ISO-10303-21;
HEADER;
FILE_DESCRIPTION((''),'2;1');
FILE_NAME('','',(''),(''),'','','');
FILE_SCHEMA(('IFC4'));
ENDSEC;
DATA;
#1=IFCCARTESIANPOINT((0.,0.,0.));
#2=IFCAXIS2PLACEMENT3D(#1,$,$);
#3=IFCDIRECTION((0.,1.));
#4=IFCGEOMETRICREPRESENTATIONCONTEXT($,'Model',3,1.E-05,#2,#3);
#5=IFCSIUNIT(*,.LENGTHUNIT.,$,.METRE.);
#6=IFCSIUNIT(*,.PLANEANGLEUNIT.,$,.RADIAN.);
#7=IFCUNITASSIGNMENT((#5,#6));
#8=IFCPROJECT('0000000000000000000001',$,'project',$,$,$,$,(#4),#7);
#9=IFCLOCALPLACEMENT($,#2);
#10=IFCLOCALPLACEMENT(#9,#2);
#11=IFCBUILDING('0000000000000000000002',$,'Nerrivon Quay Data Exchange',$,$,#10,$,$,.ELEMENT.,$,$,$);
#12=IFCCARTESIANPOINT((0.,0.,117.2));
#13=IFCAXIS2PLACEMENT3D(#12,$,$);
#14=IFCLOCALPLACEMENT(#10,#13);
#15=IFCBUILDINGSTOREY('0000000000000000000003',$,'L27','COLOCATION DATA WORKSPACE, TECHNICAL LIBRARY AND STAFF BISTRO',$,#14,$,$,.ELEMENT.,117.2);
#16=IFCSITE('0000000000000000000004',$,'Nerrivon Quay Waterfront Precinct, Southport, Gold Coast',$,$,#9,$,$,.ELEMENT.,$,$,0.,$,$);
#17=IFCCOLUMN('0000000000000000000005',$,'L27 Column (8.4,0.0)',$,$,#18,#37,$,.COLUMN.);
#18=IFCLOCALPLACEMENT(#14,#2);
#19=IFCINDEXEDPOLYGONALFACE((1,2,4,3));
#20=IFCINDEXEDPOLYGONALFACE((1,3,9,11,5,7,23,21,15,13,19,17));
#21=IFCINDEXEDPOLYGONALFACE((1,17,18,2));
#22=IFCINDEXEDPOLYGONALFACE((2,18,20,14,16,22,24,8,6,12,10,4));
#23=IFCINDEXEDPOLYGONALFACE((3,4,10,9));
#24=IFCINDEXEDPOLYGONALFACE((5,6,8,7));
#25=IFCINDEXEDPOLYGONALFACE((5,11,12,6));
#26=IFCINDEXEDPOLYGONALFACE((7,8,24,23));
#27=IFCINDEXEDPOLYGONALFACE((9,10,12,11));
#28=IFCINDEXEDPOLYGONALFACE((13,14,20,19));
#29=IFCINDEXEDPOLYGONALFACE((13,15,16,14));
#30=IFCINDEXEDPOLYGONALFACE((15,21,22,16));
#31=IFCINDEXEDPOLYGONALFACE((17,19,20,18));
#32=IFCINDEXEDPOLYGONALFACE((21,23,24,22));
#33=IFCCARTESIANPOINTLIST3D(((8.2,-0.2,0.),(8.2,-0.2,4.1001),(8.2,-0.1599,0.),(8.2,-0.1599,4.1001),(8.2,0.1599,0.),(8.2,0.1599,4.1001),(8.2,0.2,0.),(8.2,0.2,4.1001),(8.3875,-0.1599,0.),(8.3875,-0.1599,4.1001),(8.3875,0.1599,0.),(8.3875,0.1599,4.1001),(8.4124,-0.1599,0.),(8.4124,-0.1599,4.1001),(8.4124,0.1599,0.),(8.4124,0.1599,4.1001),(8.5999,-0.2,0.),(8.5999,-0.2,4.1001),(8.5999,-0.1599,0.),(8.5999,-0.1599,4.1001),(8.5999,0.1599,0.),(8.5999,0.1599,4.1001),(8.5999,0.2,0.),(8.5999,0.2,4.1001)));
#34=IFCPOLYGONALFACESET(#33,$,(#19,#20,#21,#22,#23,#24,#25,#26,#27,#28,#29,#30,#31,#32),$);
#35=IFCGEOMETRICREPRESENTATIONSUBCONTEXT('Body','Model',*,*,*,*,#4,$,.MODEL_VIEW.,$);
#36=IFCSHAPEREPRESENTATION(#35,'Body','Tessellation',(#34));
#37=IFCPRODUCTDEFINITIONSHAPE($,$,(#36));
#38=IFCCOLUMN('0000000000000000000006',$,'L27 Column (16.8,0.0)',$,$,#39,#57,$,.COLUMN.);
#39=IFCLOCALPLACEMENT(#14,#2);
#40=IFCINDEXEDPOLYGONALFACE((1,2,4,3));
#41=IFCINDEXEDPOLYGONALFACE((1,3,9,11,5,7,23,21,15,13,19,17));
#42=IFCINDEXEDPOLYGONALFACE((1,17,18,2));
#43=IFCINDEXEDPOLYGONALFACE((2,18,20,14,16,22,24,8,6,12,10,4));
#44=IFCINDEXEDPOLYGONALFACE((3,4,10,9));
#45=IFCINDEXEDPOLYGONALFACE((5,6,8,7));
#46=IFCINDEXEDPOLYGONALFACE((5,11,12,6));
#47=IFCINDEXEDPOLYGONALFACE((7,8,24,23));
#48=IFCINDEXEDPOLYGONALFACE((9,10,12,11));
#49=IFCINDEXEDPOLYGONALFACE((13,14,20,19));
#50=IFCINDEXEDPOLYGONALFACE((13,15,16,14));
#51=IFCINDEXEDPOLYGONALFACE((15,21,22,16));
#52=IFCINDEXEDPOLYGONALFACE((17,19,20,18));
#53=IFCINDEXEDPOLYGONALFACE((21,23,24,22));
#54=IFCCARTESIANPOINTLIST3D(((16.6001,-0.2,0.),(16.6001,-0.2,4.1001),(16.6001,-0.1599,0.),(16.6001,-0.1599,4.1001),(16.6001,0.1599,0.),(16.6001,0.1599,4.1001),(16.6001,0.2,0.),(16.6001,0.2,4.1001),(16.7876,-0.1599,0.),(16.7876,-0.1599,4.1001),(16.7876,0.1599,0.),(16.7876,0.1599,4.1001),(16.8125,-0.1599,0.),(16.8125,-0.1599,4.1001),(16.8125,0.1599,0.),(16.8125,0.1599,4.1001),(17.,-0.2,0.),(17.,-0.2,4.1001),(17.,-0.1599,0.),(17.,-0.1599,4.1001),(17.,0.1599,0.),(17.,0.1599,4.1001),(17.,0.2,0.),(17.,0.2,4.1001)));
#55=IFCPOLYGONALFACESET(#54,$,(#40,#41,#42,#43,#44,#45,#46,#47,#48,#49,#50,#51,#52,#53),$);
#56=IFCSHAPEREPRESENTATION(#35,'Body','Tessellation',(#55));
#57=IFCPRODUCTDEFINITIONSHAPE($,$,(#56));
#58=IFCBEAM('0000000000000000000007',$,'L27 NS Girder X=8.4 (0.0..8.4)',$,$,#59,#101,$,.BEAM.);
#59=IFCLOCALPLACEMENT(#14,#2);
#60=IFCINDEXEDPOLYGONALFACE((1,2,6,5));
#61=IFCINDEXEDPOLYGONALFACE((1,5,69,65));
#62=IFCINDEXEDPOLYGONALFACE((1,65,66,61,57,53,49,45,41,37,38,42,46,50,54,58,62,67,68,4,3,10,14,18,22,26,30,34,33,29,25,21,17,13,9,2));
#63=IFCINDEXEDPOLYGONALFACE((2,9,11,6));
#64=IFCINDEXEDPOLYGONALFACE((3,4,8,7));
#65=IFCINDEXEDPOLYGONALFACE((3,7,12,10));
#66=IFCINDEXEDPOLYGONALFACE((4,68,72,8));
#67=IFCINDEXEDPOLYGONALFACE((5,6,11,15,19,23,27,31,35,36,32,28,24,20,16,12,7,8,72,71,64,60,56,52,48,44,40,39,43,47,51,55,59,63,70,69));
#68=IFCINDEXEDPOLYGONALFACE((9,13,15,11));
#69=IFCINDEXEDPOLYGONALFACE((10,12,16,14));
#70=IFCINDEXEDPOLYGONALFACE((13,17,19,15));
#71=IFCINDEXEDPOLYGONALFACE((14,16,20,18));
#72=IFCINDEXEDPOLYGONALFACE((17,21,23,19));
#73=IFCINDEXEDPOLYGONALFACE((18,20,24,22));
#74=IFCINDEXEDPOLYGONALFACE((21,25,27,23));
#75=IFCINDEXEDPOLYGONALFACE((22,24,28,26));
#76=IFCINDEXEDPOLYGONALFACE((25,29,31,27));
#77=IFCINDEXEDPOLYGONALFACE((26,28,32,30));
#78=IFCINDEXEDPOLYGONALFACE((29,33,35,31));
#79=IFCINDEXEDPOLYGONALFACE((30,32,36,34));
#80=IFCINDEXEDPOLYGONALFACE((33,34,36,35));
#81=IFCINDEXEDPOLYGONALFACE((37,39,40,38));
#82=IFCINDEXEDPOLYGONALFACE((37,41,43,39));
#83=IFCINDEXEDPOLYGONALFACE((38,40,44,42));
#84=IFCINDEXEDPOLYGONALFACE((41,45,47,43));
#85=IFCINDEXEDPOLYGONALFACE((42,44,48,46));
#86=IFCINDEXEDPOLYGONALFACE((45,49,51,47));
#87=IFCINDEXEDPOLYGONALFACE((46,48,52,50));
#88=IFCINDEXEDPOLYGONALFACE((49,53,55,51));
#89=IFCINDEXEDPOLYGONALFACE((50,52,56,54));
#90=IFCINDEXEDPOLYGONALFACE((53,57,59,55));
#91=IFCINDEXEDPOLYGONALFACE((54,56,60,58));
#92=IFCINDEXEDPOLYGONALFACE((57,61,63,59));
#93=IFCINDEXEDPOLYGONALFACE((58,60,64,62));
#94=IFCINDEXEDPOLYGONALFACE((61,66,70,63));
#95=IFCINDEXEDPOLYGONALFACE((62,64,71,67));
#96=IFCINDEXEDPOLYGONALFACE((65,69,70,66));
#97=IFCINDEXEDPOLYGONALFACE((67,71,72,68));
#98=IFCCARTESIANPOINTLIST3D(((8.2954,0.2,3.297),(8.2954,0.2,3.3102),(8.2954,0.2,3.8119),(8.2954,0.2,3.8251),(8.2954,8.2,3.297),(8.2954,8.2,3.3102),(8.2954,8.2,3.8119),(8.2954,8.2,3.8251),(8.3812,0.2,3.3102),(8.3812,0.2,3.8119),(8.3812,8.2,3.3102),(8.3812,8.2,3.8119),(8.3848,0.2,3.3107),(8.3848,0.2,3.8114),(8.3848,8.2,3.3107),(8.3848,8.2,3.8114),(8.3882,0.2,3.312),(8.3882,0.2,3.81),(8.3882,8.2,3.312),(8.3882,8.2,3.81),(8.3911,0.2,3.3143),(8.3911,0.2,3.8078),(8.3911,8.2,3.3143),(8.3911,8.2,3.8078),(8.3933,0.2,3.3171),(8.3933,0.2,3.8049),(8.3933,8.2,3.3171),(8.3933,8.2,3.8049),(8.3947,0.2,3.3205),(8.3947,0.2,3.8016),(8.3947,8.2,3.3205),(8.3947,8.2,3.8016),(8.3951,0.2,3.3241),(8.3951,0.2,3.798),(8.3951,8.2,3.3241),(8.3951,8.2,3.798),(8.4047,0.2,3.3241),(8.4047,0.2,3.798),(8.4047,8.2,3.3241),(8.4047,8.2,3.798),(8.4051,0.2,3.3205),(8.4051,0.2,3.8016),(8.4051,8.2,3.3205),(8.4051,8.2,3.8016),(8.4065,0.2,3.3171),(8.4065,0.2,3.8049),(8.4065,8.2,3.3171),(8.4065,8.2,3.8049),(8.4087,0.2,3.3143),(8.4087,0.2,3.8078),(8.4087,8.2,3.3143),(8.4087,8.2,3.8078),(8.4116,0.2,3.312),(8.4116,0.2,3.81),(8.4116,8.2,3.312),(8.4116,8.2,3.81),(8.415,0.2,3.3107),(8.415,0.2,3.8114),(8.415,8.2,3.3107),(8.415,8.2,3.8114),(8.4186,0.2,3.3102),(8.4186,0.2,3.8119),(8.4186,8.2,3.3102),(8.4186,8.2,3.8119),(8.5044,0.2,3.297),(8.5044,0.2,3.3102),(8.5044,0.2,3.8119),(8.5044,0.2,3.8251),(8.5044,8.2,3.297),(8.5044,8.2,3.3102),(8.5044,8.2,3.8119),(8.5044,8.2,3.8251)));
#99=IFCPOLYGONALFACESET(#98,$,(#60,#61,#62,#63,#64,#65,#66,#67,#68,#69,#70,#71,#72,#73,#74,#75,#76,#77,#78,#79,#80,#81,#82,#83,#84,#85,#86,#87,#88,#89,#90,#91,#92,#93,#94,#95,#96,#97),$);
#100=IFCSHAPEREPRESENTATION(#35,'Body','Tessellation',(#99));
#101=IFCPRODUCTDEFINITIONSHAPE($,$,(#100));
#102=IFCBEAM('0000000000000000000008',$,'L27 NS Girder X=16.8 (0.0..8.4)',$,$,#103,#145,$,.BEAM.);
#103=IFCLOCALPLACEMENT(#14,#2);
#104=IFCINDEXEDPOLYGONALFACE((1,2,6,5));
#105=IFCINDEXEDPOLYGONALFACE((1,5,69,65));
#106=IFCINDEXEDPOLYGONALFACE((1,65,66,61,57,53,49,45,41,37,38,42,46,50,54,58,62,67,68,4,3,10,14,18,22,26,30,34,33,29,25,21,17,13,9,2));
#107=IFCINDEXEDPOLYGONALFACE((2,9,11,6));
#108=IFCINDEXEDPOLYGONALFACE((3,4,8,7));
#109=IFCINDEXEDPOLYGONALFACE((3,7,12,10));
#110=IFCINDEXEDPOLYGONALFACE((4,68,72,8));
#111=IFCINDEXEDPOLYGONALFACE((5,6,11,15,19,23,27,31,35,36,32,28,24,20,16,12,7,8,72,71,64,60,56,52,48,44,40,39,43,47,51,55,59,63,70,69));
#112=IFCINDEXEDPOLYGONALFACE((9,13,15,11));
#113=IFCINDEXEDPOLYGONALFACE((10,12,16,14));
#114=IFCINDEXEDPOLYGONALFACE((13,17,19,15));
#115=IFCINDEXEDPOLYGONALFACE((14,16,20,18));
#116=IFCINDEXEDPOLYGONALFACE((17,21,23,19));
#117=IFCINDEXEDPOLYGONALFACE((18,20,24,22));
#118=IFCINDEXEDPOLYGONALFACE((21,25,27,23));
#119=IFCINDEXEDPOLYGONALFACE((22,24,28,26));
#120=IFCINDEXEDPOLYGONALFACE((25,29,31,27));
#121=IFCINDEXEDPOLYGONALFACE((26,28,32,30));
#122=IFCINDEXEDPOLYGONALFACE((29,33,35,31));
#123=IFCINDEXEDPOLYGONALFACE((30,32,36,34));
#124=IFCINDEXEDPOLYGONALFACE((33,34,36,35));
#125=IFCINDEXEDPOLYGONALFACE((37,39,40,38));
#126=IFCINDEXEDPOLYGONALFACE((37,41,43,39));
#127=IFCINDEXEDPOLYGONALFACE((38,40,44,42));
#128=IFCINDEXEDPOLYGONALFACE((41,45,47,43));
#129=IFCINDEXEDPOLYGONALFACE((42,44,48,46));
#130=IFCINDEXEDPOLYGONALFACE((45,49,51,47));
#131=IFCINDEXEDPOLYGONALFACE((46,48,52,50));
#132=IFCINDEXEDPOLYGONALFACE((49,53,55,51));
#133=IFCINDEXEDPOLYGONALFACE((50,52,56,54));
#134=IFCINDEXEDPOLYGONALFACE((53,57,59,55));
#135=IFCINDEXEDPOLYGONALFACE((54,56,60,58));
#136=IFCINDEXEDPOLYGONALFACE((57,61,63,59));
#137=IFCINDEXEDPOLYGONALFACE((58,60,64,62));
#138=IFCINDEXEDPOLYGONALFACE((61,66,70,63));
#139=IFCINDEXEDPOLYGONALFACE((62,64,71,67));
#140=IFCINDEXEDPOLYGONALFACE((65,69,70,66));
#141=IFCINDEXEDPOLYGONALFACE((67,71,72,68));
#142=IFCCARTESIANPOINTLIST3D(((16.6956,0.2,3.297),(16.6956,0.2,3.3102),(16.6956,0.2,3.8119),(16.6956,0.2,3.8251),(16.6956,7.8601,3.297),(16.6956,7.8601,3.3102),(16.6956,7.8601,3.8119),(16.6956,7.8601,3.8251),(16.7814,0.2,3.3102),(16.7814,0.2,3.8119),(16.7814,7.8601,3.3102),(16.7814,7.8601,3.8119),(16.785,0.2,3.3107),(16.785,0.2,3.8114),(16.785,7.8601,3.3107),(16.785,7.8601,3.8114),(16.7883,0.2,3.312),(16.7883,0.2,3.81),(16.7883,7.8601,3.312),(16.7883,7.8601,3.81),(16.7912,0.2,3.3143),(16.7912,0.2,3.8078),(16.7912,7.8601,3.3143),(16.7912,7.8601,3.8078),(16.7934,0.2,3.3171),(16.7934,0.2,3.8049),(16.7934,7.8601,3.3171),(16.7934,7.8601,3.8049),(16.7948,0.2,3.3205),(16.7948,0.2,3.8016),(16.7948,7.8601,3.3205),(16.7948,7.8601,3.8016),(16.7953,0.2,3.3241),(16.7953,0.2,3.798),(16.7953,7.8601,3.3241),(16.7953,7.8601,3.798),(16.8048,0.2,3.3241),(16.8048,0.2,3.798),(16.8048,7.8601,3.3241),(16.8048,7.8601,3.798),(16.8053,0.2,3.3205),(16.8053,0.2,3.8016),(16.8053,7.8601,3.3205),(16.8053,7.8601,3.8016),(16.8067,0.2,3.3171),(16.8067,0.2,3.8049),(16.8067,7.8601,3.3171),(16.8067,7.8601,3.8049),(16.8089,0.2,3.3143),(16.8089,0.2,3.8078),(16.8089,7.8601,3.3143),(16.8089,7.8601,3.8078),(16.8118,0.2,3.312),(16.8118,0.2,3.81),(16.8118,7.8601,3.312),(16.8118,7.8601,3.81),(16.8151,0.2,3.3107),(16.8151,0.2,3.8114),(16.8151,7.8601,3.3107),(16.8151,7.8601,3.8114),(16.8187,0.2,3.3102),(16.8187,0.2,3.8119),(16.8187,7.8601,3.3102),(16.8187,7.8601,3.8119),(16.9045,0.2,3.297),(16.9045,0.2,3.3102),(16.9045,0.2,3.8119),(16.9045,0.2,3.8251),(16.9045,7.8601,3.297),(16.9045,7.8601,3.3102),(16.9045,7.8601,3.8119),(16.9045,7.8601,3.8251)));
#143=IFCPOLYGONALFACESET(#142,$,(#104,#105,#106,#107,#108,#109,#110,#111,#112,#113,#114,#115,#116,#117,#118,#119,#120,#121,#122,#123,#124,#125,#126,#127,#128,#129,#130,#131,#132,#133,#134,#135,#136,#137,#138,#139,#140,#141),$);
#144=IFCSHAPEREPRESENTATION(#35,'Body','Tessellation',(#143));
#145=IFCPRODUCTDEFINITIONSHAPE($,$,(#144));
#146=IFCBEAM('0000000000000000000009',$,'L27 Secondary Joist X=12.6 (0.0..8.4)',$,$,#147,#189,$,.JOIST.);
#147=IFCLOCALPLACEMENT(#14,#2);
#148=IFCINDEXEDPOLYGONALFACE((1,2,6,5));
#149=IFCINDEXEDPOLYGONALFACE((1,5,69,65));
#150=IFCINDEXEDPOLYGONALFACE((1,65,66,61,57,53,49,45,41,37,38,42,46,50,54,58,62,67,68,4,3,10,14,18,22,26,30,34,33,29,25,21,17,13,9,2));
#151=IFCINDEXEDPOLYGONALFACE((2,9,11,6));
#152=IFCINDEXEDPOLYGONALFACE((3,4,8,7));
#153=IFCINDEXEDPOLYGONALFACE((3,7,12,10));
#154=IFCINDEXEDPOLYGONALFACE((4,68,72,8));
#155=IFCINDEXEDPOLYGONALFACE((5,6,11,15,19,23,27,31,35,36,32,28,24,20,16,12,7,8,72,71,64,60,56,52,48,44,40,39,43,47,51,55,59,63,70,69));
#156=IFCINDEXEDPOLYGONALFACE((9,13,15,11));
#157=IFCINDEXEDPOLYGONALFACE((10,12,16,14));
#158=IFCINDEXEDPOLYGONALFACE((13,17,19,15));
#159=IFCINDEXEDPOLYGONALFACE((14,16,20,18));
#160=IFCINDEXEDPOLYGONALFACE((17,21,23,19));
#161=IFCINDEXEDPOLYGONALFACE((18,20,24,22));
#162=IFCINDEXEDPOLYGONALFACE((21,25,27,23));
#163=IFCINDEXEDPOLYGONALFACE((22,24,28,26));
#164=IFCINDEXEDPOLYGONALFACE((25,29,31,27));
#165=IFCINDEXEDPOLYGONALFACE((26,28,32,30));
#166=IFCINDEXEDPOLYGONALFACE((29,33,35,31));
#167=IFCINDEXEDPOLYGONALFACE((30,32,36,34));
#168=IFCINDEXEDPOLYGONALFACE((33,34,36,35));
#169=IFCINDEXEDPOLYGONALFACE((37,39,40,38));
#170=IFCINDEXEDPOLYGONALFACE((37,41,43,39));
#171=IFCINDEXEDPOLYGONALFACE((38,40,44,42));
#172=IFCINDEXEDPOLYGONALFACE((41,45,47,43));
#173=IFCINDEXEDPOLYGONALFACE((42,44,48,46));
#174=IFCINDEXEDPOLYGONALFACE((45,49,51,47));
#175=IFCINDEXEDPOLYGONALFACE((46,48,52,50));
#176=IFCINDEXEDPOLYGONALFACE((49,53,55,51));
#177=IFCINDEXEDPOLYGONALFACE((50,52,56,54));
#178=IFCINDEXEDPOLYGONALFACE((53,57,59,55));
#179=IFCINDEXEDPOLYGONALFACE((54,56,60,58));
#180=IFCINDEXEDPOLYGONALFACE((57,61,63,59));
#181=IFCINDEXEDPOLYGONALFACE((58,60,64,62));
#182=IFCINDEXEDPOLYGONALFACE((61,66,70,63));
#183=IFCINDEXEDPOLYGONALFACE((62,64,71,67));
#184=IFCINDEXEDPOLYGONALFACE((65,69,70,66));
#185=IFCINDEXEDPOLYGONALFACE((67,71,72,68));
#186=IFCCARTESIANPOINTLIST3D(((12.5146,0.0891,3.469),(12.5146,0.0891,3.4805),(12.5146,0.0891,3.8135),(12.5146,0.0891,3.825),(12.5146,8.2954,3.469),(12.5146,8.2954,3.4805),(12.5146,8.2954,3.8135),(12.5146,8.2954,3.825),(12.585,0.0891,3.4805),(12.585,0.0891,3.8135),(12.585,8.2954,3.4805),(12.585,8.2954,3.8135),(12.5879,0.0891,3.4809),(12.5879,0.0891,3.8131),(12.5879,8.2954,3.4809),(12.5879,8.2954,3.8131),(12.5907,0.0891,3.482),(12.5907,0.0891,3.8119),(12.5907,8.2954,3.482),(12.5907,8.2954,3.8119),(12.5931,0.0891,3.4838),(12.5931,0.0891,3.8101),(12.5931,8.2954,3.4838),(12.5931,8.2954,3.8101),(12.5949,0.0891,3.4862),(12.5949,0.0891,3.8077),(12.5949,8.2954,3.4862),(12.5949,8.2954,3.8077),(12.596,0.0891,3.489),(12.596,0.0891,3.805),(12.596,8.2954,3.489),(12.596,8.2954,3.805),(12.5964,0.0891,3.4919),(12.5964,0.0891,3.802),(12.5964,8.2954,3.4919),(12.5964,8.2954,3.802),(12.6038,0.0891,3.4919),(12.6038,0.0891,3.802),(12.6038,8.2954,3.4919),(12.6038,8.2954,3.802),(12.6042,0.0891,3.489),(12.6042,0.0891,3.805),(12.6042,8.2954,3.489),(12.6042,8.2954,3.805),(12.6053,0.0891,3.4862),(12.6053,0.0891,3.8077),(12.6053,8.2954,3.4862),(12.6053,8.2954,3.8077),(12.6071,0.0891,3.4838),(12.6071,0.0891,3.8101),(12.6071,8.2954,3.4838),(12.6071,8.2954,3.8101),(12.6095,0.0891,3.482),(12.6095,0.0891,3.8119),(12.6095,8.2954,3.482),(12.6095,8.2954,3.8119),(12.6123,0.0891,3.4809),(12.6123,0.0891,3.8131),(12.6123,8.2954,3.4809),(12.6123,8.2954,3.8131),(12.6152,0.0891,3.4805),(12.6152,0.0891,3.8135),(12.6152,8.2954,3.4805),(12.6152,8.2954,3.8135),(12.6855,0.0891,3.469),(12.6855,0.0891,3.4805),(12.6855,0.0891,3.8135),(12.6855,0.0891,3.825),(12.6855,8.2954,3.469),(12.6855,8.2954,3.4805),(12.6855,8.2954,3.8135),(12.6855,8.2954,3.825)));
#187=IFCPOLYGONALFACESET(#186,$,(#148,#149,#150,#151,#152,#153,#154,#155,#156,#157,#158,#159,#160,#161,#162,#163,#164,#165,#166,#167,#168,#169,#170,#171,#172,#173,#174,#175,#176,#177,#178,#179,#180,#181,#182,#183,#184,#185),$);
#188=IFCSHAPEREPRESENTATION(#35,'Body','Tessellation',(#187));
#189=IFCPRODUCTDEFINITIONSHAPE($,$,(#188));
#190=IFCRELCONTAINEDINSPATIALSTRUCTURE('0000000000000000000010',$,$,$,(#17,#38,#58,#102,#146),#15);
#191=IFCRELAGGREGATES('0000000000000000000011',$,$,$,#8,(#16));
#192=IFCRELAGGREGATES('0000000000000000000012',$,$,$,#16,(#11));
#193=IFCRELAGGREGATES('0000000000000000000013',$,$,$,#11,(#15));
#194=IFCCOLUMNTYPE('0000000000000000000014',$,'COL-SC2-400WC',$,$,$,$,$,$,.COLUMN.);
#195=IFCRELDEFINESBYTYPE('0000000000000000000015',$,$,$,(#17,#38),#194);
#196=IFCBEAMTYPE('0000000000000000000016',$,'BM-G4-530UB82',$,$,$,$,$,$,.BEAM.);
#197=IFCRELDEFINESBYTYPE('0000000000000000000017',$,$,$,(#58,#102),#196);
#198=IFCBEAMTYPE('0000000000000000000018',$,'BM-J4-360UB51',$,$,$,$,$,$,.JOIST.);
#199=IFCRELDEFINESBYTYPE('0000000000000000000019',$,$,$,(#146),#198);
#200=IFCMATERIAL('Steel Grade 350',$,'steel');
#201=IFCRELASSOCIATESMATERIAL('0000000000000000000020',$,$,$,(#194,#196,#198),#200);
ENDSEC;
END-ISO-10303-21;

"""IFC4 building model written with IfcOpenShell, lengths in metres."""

from ifc_helpers import new_model, si_unit, direction, frame, origin, origin_2d, place, context, subcontext, project, spatial, i_section, extrude, material, material_profile, profile_set, type_object, element, save


model = new_model("IFC4")

# Units and contexts
model_context = context("Model", 3, precision=1e-05, world=origin(), true_north=direction((0.0, 1.0)))
body_context = subcontext(model_context, "Body", "Model", "MODEL_VIEW")
ifc_project = project(units=[si_unit("LENGTHUNIT", "METRE"), si_unit("PLANEANGLEUNIT", "RADIAN")], contexts=[model_context])

# Site, building, storey
site_placement = place(None, origin())
site = spatial("IfcSite", under=ifc_project, at=site_placement, Name="Nerrivon Quay Waterfront Precinct, Southport, Gold Coast", CompositionType="ELEMENT", RefElevation=0.0)
building_placement = place(site_placement, origin())
building = spatial("IfcBuilding", under=site, at=building_placement, Name="Nerrivon Quay Data Exchange", CompositionType="ELEMENT")
storey_placement = place(building_placement, frame((0.0, 0.0, 117.2)))
storey = spatial("IfcBuildingStorey", under=building, at=storey_placement, Name="L27", Description="COLOCATION DATA WORKSPACE, TECHNICAL LIBRARY AND STAFF BISTRO", CompositionType="ELEMENT", Elevation=117.2)

# Columns
ifc_material_1 = material(Name="Steel Grade 350", Category="steel")
ifc_material_profile_1 = material_profile(ifc_material_1, i_section(OverallWidth=0.3999, OverallDepth=0.3999, WebThickness=0.0249, FlangeThickness=0.04, at=origin_2d()), Name="400WC328")
ifc_profile_set_1 = profile_set([ifc_material_profile_1], Name="Steel Grade 350")
column_type = type_object("IfcColumnType", Name="COL-SC2-400WC", PredefinedType="COLUMN", material=ifc_profile_set_1)
for number, where, z_axis, x_axis, name in (
    (1, (8.3999, 0.0, 0.0), (0.0, 0.0, 1.0), (1.0, 0.0, 0.0), "L27 Column (8.4,0.0)"),
    (2, (16.8, 0.0, 0.0), (0.0, 0.0, 1.0), (1.0, 0.0, 0.0), "L27 Column (16.8,0.0)"),
):
    element("IfcColumn", number, at=place(storey_placement, frame(where, z_axis=z_axis, x_axis=x_axis)), inside=storey, type_object=column_type, Name=name, PredefinedType="COLUMN", context=body_context, shape_type="SweptSolid", body=[
        extrude(i_section(OverallWidth=0.3999, OverallDepth=0.3999, WebThickness=0.0249, FlangeThickness=0.04, at=origin_2d()), origin(), (0.0, 0.0, 1.0), 4.1001),
    ])

# Beams
ifc_material_profile_2 = material_profile(ifc_material_1, i_section(OverallWidth=0.209, OverallDepth=0.5281, WebThickness=0.0095, FlangeThickness=0.0132, FilletRadius=0.0139, at=origin_2d()), Name="530UB82.0")
ifc_profile_set_2 = profile_set([ifc_material_profile_2], Name="Steel Grade 350")
beam_type_1 = type_object("IfcBeamType", Name="BM-G4-530UB82", PredefinedType="BEAM", material=ifc_profile_set_2)
beam_1_placement = place(storey_placement, frame((8.3999, 0.2, 3.561), z_axis=(0.0, 1.0, 0.0), x_axis=(-1.0, 0.0, 0.0)))
element("IfcBeam", 3, at=beam_1_placement, inside=storey, type_object=beam_type_1, Name="L27 NS Girder X=8.4 (0.0..8.4)", PredefinedType="BEAM", context=body_context, shape_type="SweptSolid", body=[
    extrude(i_section(OverallWidth=0.209, OverallDepth=0.5281, WebThickness=0.0095, FlangeThickness=0.0132, FilletRadius=0.0139, at=origin_2d()), origin(), (0.0, 0.0, 1.0), 8.0),
])
beam_2_placement = place(storey_placement, frame((16.8, 0.2, 3.561), z_axis=(0.0, 1.0, 0.0), x_axis=(-1.0, 0.0, 0.0)))
element("IfcBeam", 4, at=beam_2_placement, inside=storey, type_object=beam_type_1, Name="L27 NS Girder X=16.8 (0.0..8.4)", PredefinedType="BEAM", context=body_context, shape_type="SweptSolid", body=[
    extrude(i_section(OverallWidth=0.209, OverallDepth=0.5281, WebThickness=0.0095, FlangeThickness=0.0132, FilletRadius=0.0139, at=origin_2d()), origin(), (0.0, 0.0, 1.0), 7.6602),
])
ifc_material_profile_3 = material_profile(ifc_material_1, i_section(OverallWidth=0.1709, OverallDepth=0.356, WebThickness=0.0073, FlangeThickness=0.0115, FilletRadius=0.0115, at=origin_2d()), Name="360UB50.7")
ifc_profile_set_3 = profile_set([ifc_material_profile_3], Name="Steel Grade 350")
beam_type_2 = type_object("IfcBeamType", Name="BM-J4-360UB51", PredefinedType="JOIST", material=ifc_profile_set_3)
beam_3_placement = place(storey_placement, frame((12.6001, 0.0891, 3.647), z_axis=(0.0, 1.0, 0.0), x_axis=(-1.0, 0.0, 0.0)))
element("IfcBeam", 5, at=beam_3_placement, inside=storey, type_object=beam_type_2, Name="L27 Secondary Joist X=12.6 (0.0..8.4)", PredefinedType="JOIST", context=body_context, shape_type="SweptSolid", body=[
    extrude(i_section(OverallWidth=0.1709, OverallDepth=0.356, WebThickness=0.0073, FlangeThickness=0.0115, FilletRadius=0.0115, at=origin_2d()), origin(), (0.0, 0.0, 1.0), 8.2063),
])

save(model, "model.ifc")
